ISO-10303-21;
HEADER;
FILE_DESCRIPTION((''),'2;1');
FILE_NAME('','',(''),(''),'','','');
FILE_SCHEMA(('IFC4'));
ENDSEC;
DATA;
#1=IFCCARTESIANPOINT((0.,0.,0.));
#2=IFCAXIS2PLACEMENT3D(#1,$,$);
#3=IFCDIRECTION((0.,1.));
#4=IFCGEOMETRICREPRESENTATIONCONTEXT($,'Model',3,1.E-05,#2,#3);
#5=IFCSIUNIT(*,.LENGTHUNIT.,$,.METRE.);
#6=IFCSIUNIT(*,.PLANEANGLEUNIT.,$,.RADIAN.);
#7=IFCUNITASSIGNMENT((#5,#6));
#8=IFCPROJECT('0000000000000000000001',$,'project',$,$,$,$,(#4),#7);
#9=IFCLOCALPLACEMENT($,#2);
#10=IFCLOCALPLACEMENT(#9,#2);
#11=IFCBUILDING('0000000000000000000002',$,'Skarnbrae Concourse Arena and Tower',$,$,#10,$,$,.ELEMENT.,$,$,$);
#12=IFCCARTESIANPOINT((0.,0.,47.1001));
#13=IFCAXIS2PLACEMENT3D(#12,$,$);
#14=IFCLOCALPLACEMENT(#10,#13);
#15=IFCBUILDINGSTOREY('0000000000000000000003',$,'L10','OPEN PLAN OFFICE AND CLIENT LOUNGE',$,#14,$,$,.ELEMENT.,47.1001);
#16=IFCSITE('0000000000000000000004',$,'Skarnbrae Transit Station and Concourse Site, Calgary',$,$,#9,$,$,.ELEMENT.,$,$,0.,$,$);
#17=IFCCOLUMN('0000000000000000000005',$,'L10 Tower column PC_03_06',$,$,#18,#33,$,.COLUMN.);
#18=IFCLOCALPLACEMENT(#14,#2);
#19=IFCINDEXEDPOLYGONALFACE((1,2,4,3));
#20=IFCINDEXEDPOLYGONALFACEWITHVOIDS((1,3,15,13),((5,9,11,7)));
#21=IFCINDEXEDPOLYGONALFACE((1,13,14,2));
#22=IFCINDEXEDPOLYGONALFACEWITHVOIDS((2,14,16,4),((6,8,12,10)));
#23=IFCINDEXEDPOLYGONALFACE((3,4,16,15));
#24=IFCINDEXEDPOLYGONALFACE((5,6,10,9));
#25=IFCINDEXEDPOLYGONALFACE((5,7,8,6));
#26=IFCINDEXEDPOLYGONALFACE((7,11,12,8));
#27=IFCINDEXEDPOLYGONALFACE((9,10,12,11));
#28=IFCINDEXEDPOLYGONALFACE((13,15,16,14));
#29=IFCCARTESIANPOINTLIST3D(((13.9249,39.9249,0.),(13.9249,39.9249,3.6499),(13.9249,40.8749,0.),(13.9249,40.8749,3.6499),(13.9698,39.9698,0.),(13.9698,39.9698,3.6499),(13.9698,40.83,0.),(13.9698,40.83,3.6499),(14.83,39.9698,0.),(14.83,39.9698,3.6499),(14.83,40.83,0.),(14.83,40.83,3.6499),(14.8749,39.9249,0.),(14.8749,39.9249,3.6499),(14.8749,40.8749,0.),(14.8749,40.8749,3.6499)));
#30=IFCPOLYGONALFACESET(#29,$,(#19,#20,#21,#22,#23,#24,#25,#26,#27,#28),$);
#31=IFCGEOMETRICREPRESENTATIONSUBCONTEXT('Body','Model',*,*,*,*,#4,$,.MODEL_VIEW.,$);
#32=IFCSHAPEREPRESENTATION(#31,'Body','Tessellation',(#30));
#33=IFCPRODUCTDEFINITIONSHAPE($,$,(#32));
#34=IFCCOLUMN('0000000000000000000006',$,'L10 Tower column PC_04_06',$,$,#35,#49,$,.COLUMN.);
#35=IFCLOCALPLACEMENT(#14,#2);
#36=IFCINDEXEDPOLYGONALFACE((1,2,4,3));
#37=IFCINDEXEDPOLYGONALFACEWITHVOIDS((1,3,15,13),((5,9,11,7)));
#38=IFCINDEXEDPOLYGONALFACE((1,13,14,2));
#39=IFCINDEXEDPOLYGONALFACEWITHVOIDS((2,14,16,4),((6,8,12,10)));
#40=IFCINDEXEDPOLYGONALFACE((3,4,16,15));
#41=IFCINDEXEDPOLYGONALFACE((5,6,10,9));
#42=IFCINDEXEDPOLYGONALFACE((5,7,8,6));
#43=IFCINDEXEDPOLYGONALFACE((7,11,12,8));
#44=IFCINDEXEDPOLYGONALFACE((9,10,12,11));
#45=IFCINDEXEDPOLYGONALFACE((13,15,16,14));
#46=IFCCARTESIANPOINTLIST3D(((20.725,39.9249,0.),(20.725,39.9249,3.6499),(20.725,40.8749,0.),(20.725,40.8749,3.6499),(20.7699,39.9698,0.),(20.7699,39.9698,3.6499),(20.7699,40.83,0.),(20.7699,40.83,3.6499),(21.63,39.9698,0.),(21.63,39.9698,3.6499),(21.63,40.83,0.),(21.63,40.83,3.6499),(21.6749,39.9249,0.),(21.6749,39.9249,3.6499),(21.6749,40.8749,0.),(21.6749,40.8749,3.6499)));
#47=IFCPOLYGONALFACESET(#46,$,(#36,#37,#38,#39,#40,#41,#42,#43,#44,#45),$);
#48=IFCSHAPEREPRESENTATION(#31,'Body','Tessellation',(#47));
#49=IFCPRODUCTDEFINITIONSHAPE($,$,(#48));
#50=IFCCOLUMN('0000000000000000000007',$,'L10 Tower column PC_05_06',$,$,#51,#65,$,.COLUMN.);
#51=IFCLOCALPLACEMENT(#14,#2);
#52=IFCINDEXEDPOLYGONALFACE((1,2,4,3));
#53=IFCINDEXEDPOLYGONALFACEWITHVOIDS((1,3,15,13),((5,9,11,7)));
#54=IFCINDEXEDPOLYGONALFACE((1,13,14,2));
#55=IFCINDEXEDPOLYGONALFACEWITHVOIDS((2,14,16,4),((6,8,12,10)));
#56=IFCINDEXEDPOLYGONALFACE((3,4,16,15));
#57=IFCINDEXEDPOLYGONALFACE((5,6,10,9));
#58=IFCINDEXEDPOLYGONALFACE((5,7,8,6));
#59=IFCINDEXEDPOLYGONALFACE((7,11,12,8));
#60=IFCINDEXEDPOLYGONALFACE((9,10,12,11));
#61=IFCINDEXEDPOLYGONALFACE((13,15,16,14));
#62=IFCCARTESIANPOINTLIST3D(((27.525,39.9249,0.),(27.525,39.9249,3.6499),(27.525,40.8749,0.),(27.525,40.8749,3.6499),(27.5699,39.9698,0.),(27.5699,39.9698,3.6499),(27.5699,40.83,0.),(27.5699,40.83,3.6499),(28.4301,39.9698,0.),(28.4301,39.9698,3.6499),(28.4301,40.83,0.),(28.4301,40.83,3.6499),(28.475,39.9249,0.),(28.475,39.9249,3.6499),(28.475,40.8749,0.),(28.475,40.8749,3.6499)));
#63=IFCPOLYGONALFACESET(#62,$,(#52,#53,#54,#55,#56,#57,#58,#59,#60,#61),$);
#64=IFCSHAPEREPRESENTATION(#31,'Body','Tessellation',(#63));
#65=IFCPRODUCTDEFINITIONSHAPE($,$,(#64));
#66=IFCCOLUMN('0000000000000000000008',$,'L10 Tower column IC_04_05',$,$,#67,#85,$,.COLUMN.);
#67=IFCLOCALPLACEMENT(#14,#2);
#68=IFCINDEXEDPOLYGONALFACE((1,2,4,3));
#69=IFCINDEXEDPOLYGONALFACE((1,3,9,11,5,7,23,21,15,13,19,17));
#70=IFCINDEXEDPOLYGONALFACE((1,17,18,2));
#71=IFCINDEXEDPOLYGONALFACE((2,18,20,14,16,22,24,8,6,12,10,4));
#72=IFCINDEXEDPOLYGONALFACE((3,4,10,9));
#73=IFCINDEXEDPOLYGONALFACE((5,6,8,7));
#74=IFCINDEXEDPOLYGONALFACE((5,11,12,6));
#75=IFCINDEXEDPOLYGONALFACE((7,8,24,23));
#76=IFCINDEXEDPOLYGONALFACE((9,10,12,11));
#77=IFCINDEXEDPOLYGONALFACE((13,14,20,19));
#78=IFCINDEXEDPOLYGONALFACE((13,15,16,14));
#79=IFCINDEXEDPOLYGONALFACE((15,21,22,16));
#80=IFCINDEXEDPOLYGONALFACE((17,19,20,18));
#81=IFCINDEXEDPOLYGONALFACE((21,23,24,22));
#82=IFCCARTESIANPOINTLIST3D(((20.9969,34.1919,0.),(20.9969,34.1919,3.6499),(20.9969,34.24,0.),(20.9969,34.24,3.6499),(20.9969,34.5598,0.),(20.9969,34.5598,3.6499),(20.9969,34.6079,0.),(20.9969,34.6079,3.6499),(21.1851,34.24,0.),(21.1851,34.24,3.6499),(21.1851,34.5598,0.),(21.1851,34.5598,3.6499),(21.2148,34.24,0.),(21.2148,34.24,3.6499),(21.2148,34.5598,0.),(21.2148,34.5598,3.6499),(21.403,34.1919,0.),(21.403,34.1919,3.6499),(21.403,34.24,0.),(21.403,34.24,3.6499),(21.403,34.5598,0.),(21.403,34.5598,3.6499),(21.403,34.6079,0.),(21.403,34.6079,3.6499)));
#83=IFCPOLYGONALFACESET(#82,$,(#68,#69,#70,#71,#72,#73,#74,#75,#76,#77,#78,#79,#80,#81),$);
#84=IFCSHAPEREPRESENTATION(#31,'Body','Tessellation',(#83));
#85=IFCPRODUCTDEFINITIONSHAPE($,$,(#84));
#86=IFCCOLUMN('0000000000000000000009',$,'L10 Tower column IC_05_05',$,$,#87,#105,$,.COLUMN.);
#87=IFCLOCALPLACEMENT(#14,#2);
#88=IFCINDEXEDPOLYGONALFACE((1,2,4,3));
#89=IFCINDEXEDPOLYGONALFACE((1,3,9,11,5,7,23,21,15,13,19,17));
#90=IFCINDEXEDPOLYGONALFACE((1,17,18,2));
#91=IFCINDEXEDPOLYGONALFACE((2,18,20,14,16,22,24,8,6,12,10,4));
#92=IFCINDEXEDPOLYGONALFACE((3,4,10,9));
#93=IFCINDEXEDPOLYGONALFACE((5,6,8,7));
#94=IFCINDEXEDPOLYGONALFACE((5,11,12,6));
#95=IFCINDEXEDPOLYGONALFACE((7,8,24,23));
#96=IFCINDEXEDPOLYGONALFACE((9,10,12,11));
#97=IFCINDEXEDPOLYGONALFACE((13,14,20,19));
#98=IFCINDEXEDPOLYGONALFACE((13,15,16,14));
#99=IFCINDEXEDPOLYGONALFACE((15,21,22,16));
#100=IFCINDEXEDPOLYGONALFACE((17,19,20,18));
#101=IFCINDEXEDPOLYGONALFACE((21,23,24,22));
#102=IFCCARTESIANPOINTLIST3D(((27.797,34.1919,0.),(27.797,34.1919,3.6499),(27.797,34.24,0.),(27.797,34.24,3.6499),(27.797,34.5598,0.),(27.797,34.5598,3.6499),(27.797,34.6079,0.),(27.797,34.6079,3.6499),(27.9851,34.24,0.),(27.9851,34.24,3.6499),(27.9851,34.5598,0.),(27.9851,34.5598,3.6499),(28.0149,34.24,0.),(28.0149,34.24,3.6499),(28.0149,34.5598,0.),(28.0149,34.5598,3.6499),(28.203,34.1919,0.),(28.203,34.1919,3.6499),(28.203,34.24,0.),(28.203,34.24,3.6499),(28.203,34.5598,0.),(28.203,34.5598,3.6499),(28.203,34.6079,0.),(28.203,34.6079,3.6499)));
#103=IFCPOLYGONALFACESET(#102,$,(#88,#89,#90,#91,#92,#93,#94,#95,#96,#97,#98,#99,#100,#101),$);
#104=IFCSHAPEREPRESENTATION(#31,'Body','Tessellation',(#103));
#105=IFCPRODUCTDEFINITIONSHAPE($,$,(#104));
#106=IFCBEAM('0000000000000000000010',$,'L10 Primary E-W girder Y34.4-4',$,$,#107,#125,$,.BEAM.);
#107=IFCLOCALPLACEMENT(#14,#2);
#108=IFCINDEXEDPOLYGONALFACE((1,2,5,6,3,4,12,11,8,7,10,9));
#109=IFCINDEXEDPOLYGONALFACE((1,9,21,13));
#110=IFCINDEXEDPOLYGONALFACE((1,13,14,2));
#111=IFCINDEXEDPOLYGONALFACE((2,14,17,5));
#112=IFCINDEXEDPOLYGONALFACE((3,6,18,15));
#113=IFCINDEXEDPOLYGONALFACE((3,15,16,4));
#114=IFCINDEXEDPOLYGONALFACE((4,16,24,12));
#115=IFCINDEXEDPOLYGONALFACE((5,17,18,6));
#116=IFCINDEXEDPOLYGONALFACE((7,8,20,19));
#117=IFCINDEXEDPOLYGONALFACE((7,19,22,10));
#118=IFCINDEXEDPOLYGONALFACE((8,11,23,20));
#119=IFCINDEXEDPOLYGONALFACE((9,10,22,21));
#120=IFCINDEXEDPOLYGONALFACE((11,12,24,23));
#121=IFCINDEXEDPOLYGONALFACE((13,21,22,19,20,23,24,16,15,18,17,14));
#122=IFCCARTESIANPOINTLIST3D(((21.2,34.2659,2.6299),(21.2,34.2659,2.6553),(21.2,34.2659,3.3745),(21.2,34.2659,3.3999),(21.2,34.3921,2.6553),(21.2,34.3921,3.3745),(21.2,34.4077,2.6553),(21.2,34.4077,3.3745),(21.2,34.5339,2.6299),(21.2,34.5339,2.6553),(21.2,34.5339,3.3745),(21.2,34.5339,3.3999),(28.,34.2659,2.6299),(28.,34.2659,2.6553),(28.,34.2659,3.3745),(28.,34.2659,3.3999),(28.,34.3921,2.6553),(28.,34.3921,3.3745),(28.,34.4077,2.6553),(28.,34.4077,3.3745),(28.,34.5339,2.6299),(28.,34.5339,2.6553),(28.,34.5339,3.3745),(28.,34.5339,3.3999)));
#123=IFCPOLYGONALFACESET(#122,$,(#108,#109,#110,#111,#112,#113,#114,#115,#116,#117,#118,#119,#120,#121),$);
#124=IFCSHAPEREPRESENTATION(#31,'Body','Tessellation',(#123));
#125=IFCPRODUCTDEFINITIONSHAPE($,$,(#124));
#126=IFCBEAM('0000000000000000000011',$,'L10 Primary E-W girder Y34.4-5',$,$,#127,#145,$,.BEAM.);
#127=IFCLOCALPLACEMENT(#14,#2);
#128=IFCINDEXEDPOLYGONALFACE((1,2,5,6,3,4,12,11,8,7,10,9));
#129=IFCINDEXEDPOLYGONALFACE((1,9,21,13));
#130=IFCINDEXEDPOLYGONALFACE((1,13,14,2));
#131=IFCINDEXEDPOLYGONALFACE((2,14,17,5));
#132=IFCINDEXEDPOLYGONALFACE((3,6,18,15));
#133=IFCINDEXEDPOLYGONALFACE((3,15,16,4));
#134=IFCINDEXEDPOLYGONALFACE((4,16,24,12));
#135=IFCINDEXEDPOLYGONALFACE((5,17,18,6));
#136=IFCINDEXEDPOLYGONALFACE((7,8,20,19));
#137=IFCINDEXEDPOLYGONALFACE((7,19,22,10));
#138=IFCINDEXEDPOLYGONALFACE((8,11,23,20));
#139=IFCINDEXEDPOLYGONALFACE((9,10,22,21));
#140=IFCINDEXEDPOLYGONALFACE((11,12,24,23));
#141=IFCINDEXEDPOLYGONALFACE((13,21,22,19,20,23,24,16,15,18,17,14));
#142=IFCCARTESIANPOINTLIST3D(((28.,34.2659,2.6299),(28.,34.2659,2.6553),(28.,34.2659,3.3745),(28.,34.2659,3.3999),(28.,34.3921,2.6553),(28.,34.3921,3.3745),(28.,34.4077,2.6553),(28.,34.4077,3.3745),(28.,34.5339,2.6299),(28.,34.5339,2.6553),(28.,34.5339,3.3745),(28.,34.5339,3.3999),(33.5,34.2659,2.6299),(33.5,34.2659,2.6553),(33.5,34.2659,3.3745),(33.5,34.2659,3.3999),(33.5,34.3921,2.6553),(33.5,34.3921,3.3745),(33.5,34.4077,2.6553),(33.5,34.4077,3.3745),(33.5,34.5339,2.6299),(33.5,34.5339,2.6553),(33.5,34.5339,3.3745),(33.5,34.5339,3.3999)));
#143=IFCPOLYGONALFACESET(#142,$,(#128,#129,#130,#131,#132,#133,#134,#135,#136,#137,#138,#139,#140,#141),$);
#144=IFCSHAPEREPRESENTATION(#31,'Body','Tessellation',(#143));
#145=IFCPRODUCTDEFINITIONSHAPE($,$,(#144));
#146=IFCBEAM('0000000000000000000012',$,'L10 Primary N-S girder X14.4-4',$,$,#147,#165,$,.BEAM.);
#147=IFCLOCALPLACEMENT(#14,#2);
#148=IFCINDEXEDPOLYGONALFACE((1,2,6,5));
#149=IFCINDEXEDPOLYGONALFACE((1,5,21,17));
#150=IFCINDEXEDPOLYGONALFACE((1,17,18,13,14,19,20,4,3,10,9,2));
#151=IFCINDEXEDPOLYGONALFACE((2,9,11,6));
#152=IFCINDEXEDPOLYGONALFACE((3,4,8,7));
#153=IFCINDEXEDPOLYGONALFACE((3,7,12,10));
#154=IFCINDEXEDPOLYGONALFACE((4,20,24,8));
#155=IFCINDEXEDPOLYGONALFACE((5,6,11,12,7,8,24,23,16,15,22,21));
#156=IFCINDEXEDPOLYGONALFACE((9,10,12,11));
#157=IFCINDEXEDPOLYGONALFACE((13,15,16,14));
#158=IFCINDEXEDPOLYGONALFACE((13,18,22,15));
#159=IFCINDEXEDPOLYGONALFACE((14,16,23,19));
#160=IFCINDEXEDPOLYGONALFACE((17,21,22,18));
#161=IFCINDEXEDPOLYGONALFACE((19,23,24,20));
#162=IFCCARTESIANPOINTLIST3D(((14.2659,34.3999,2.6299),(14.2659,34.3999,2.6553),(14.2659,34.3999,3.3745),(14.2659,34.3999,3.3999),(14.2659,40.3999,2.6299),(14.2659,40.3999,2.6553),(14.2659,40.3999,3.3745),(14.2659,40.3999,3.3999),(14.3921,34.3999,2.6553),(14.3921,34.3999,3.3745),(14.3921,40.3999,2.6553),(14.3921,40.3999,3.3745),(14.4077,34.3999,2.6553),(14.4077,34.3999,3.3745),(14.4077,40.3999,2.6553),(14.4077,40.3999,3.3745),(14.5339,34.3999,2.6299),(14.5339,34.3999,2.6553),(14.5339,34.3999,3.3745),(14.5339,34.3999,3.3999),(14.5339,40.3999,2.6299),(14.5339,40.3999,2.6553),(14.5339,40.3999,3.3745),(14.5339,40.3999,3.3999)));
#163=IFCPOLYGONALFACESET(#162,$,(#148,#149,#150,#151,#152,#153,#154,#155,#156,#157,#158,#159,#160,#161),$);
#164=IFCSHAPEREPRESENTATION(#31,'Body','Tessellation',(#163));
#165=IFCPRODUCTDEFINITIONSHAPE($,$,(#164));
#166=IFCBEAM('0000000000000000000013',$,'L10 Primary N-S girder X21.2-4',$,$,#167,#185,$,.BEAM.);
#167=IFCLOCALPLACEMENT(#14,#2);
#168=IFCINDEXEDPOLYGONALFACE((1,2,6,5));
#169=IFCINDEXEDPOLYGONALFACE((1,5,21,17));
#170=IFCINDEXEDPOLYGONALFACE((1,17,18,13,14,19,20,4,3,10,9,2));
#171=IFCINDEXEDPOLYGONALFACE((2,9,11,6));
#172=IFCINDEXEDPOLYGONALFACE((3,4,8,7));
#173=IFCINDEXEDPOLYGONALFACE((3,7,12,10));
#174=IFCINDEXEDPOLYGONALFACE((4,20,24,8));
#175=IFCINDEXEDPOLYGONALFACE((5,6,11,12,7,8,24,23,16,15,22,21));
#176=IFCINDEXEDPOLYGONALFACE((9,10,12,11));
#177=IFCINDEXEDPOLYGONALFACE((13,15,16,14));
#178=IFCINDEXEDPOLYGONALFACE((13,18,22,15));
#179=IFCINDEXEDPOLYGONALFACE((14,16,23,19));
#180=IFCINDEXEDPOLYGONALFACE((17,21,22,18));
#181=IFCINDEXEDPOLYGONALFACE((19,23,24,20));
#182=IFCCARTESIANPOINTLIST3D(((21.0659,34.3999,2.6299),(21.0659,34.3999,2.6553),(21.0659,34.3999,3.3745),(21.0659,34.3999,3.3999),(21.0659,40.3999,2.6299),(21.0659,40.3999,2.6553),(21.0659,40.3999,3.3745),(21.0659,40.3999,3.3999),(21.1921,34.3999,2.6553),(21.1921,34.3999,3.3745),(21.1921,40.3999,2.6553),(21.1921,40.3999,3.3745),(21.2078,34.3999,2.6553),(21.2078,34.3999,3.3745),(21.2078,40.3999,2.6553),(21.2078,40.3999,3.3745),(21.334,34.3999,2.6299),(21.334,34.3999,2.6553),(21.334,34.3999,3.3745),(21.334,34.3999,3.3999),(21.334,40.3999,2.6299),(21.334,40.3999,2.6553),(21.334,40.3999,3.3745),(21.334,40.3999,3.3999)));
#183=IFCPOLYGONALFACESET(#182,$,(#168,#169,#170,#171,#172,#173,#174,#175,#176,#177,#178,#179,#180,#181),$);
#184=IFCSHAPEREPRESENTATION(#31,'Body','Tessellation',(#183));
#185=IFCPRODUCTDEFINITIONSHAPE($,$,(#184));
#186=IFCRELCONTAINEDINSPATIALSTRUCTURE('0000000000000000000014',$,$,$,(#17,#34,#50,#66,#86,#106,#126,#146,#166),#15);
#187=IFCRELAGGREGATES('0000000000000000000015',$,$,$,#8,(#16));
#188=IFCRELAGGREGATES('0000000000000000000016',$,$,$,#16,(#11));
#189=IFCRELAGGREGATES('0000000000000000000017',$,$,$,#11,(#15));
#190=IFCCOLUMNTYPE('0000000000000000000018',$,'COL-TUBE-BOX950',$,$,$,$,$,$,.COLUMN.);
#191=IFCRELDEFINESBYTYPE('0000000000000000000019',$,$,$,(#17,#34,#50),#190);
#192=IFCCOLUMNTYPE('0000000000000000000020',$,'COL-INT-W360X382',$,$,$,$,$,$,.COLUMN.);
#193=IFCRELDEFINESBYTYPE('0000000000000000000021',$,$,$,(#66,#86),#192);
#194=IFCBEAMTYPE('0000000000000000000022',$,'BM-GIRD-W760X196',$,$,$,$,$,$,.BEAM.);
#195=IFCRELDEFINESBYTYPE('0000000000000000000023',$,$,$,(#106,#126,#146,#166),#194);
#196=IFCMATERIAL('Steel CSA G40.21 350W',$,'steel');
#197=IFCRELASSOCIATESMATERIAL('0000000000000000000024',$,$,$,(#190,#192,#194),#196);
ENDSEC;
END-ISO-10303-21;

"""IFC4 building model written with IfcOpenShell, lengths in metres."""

from ifc_helpers import new_model, si_unit, direction, frame, origin, origin_2d, place, context, subcontext, project, spatial, hollow_rectangle, i_section, extrude, source, transform, mapped, material, material_profile, profile_set, type_object, element, save


model = new_model("IFC4")

# Units and contexts
model_context = context("Model", 3, precision=1e-05, world=origin(), true_north=direction((0.0, 1.0)))
body_context = subcontext(model_context, "Body", "Model", "MODEL_VIEW")
ifc_project = project(units=[si_unit("LENGTHUNIT", "METRE"), si_unit("PLANEANGLEUNIT", "RADIAN")], contexts=[model_context])

# Site, building, storey
site_placement = place(None, origin())
site = spatial("IfcSite", under=ifc_project, at=site_placement, Name="Skarnbrae Transit Station and Concourse Site, Calgary", CompositionType="ELEMENT", RefElevation=0.0)
building_placement = place(site_placement, origin())
building = spatial("IfcBuilding", under=site, at=building_placement, Name="Skarnbrae Concourse Arena and Tower", CompositionType="ELEMENT")
storey_placement = place(building_placement, frame((0.0, 0.0, 47.1001)))
storey = spatial("IfcBuildingStorey", under=building, at=storey_placement, Name="L10", Description="OPEN PLAN OFFICE AND CLIENT LOUNGE", CompositionType="ELEMENT", Elevation=47.1001)

# Columns
ifc_material_1 = material(Name="Steel CSA G40.21 350W", Category="steel")
ifc_material_profile_1 = material_profile(ifc_material_1, hollow_rectangle(XDim=0.95, YDim=0.95, WallThickness=0.0449, at=origin_2d()), Name="BOX950X950X45")
ifc_profile_set_1 = profile_set([ifc_material_profile_1], Name="Steel CSA G40.21 350W")
column_type_1 = type_object("IfcColumnType", Name="COL-TUBE-BOX950", PredefinedType="COLUMN", material=ifc_profile_set_1)
shared_shape_1 = source(origin(), body_context, "Body", "SweptSolid", [
    extrude(hollow_rectangle(XDim=0.95, YDim=0.95, WallThickness=0.0449, at=origin_2d()), origin(), (0.0, 0.0, 1.0), 3.6499),
])
for number, where, z_axis, x_axis, name in (
    (1, (14.3999, 40.3999, 0.0), (0.0, 0.0, 1.0), (1.0, 0.0, 0.0), "L10 Tower column PC_03_06"),
    (2, (21.2, 40.3999, 0.0), (0.0, 0.0, 1.0), (1.0, 0.0, 0.0), "L10 Tower column PC_04_06"),
    (3, (28.0, 40.3999, 0.0), (0.0, 0.0, 1.0), (1.0, 0.0, 0.0), "L10 Tower column PC_05_06"),
):
    element("IfcColumn", number, at=place(storey_placement, frame(where, z_axis=z_axis, x_axis=x_axis)), inside=storey, type_object=column_type_1, Name=name, PredefinedType="COLUMN", context=body_context, shape_type="MappedRepresentation", body=[
        mapped(shared_shape_1, transform((0.0, 0.0, 0.0))),
    ])
ifc_material_profile_2 = material_profile(ifc_material_1, i_section(OverallWidth=0.406, OverallDepth=0.416, WebThickness=0.0298, FlangeThickness=0.0481, at=origin_2d()), Name="W360X382")
ifc_profile_set_2 = profile_set([ifc_material_profile_2], Name="Steel CSA G40.21 350W")
column_type_2 = type_object("IfcColumnType", Name="COL-INT-W360X382", PredefinedType="COLUMN", material=ifc_profile_set_2)
shared_shape_2 = source(origin(), body_context, "Body", "SweptSolid", [
    extrude(i_section(OverallWidth=0.406, OverallDepth=0.416, WebThickness=0.0298, FlangeThickness=0.0481, at=origin_2d()), origin(), (0.0, 0.0, 1.0), 3.6499),
])
for number, where, z_axis, x_axis, name in (
    (4, (21.2, 34.3999, 0.0), (0.0, 0.0, 1.0), (1.0, 0.0, 0.0), "L10 Tower column IC_04_05"),
    (5, (28.0, 34.3999, 0.0), (0.0, 0.0, 1.0), (1.0, 0.0, 0.0), "L10 Tower column IC_05_05"),
):
    element("IfcColumn", number, at=place(storey_placement, frame(where, z_axis=z_axis, x_axis=x_axis)), inside=storey, type_object=column_type_2, Name=name, PredefinedType="COLUMN", context=body_context, shape_type="MappedRepresentation", body=[
        mapped(shared_shape_2, transform((0.0, 0.0, 0.0))),
    ])

# Beams
ifc_material_profile_3 = material_profile(ifc_material_1, i_section(OverallWidth=0.2681, OverallDepth=0.77, WebThickness=0.0156, FlangeThickness=0.0254, at=origin_2d()), Name="W760X196")
ifc_profile_set_3 = profile_set([ifc_material_profile_3], Name="Steel CSA G40.21 350W")
beam_type_1 = type_object("IfcBeamType", Name="BM-GIRD-W760X196", PredefinedType="BEAM", material=ifc_profile_set_3)
shared_shape_3 = source(origin(), body_context, "Body", "SweptSolid", [
    extrude(i_section(OverallWidth=0.2681, OverallDepth=0.77, WebThickness=0.0156, FlangeThickness=0.0254, at=origin_2d()), origin(), (0.0, 0.0, 1.0), 6.8),
])
beam_1_placement = place(storey_placement, frame((21.2, 34.3999, 3.0149), z_axis=(1.0, 0.0, 0.0), x_axis=(0.0, 1.0, 0.0)))
element("IfcBeam", 6, at=beam_1_placement, inside=storey, type_object=beam_type_1, Name="L10 Primary E-W girder Y34.4-4", PredefinedType="BEAM", context=body_context, shape_type="MappedRepresentation", body=[
    mapped(shared_shape_3, transform((0.0, 0.0, 0.0))),
])
shared_shape_4 = source(origin(), body_context, "Body", "SweptSolid", [
    extrude(i_section(OverallWidth=0.2681, OverallDepth=0.77, WebThickness=0.0156, FlangeThickness=0.0254, at=origin_2d()), origin(), (0.0, 0.0, 1.0), 5.5),
])
beam_2_placement = place(storey_placement, frame((28.0, 34.3999, 3.0149), z_axis=(1.0, 0.0, 0.0), x_axis=(0.0, 1.0, 0.0)))
element("IfcBeam", 7, at=beam_2_placement, inside=storey, type_object=beam_type_1, Name="L10 Primary E-W girder Y34.4-5", PredefinedType="BEAM", context=body_context, shape_type="MappedRepresentation", body=[
    mapped(shared_shape_4, transform((0.0, 0.0, 0.0))),
])
shared_shape_5 = source(origin(), body_context, "Body", "SweptSolid", [
    extrude(i_section(OverallWidth=0.2681, OverallDepth=0.77, WebThickness=0.0156, FlangeThickness=0.0254, at=origin_2d()), origin(), (0.0, 0.0, 1.0), 6.0),
])
for number, where, z_axis, x_axis, name in (
    (8, (14.3999, 34.3999, 3.0149), (0.0, 1.0, 0.0), (-1.0, 0.0, 0.0), "L10 Primary N-S girder X14.4-4"),
    (9, (21.2, 34.3999, 3.0149), (0.0, 1.0, 0.0), (-1.0, 0.0, 0.0), "L10 Primary N-S girder X21.2-4"),
):
    element("IfcBeam", number, at=place(storey_placement, frame(where, z_axis=z_axis, x_axis=x_axis)), inside=storey, type_object=beam_type_1, Name=name, PredefinedType="BEAM", context=body_context, shape_type="MappedRepresentation", body=[
        mapped(shared_shape_5, transform((0.0, 0.0, 0.0))),
    ])

save(model, "model.ifc")
